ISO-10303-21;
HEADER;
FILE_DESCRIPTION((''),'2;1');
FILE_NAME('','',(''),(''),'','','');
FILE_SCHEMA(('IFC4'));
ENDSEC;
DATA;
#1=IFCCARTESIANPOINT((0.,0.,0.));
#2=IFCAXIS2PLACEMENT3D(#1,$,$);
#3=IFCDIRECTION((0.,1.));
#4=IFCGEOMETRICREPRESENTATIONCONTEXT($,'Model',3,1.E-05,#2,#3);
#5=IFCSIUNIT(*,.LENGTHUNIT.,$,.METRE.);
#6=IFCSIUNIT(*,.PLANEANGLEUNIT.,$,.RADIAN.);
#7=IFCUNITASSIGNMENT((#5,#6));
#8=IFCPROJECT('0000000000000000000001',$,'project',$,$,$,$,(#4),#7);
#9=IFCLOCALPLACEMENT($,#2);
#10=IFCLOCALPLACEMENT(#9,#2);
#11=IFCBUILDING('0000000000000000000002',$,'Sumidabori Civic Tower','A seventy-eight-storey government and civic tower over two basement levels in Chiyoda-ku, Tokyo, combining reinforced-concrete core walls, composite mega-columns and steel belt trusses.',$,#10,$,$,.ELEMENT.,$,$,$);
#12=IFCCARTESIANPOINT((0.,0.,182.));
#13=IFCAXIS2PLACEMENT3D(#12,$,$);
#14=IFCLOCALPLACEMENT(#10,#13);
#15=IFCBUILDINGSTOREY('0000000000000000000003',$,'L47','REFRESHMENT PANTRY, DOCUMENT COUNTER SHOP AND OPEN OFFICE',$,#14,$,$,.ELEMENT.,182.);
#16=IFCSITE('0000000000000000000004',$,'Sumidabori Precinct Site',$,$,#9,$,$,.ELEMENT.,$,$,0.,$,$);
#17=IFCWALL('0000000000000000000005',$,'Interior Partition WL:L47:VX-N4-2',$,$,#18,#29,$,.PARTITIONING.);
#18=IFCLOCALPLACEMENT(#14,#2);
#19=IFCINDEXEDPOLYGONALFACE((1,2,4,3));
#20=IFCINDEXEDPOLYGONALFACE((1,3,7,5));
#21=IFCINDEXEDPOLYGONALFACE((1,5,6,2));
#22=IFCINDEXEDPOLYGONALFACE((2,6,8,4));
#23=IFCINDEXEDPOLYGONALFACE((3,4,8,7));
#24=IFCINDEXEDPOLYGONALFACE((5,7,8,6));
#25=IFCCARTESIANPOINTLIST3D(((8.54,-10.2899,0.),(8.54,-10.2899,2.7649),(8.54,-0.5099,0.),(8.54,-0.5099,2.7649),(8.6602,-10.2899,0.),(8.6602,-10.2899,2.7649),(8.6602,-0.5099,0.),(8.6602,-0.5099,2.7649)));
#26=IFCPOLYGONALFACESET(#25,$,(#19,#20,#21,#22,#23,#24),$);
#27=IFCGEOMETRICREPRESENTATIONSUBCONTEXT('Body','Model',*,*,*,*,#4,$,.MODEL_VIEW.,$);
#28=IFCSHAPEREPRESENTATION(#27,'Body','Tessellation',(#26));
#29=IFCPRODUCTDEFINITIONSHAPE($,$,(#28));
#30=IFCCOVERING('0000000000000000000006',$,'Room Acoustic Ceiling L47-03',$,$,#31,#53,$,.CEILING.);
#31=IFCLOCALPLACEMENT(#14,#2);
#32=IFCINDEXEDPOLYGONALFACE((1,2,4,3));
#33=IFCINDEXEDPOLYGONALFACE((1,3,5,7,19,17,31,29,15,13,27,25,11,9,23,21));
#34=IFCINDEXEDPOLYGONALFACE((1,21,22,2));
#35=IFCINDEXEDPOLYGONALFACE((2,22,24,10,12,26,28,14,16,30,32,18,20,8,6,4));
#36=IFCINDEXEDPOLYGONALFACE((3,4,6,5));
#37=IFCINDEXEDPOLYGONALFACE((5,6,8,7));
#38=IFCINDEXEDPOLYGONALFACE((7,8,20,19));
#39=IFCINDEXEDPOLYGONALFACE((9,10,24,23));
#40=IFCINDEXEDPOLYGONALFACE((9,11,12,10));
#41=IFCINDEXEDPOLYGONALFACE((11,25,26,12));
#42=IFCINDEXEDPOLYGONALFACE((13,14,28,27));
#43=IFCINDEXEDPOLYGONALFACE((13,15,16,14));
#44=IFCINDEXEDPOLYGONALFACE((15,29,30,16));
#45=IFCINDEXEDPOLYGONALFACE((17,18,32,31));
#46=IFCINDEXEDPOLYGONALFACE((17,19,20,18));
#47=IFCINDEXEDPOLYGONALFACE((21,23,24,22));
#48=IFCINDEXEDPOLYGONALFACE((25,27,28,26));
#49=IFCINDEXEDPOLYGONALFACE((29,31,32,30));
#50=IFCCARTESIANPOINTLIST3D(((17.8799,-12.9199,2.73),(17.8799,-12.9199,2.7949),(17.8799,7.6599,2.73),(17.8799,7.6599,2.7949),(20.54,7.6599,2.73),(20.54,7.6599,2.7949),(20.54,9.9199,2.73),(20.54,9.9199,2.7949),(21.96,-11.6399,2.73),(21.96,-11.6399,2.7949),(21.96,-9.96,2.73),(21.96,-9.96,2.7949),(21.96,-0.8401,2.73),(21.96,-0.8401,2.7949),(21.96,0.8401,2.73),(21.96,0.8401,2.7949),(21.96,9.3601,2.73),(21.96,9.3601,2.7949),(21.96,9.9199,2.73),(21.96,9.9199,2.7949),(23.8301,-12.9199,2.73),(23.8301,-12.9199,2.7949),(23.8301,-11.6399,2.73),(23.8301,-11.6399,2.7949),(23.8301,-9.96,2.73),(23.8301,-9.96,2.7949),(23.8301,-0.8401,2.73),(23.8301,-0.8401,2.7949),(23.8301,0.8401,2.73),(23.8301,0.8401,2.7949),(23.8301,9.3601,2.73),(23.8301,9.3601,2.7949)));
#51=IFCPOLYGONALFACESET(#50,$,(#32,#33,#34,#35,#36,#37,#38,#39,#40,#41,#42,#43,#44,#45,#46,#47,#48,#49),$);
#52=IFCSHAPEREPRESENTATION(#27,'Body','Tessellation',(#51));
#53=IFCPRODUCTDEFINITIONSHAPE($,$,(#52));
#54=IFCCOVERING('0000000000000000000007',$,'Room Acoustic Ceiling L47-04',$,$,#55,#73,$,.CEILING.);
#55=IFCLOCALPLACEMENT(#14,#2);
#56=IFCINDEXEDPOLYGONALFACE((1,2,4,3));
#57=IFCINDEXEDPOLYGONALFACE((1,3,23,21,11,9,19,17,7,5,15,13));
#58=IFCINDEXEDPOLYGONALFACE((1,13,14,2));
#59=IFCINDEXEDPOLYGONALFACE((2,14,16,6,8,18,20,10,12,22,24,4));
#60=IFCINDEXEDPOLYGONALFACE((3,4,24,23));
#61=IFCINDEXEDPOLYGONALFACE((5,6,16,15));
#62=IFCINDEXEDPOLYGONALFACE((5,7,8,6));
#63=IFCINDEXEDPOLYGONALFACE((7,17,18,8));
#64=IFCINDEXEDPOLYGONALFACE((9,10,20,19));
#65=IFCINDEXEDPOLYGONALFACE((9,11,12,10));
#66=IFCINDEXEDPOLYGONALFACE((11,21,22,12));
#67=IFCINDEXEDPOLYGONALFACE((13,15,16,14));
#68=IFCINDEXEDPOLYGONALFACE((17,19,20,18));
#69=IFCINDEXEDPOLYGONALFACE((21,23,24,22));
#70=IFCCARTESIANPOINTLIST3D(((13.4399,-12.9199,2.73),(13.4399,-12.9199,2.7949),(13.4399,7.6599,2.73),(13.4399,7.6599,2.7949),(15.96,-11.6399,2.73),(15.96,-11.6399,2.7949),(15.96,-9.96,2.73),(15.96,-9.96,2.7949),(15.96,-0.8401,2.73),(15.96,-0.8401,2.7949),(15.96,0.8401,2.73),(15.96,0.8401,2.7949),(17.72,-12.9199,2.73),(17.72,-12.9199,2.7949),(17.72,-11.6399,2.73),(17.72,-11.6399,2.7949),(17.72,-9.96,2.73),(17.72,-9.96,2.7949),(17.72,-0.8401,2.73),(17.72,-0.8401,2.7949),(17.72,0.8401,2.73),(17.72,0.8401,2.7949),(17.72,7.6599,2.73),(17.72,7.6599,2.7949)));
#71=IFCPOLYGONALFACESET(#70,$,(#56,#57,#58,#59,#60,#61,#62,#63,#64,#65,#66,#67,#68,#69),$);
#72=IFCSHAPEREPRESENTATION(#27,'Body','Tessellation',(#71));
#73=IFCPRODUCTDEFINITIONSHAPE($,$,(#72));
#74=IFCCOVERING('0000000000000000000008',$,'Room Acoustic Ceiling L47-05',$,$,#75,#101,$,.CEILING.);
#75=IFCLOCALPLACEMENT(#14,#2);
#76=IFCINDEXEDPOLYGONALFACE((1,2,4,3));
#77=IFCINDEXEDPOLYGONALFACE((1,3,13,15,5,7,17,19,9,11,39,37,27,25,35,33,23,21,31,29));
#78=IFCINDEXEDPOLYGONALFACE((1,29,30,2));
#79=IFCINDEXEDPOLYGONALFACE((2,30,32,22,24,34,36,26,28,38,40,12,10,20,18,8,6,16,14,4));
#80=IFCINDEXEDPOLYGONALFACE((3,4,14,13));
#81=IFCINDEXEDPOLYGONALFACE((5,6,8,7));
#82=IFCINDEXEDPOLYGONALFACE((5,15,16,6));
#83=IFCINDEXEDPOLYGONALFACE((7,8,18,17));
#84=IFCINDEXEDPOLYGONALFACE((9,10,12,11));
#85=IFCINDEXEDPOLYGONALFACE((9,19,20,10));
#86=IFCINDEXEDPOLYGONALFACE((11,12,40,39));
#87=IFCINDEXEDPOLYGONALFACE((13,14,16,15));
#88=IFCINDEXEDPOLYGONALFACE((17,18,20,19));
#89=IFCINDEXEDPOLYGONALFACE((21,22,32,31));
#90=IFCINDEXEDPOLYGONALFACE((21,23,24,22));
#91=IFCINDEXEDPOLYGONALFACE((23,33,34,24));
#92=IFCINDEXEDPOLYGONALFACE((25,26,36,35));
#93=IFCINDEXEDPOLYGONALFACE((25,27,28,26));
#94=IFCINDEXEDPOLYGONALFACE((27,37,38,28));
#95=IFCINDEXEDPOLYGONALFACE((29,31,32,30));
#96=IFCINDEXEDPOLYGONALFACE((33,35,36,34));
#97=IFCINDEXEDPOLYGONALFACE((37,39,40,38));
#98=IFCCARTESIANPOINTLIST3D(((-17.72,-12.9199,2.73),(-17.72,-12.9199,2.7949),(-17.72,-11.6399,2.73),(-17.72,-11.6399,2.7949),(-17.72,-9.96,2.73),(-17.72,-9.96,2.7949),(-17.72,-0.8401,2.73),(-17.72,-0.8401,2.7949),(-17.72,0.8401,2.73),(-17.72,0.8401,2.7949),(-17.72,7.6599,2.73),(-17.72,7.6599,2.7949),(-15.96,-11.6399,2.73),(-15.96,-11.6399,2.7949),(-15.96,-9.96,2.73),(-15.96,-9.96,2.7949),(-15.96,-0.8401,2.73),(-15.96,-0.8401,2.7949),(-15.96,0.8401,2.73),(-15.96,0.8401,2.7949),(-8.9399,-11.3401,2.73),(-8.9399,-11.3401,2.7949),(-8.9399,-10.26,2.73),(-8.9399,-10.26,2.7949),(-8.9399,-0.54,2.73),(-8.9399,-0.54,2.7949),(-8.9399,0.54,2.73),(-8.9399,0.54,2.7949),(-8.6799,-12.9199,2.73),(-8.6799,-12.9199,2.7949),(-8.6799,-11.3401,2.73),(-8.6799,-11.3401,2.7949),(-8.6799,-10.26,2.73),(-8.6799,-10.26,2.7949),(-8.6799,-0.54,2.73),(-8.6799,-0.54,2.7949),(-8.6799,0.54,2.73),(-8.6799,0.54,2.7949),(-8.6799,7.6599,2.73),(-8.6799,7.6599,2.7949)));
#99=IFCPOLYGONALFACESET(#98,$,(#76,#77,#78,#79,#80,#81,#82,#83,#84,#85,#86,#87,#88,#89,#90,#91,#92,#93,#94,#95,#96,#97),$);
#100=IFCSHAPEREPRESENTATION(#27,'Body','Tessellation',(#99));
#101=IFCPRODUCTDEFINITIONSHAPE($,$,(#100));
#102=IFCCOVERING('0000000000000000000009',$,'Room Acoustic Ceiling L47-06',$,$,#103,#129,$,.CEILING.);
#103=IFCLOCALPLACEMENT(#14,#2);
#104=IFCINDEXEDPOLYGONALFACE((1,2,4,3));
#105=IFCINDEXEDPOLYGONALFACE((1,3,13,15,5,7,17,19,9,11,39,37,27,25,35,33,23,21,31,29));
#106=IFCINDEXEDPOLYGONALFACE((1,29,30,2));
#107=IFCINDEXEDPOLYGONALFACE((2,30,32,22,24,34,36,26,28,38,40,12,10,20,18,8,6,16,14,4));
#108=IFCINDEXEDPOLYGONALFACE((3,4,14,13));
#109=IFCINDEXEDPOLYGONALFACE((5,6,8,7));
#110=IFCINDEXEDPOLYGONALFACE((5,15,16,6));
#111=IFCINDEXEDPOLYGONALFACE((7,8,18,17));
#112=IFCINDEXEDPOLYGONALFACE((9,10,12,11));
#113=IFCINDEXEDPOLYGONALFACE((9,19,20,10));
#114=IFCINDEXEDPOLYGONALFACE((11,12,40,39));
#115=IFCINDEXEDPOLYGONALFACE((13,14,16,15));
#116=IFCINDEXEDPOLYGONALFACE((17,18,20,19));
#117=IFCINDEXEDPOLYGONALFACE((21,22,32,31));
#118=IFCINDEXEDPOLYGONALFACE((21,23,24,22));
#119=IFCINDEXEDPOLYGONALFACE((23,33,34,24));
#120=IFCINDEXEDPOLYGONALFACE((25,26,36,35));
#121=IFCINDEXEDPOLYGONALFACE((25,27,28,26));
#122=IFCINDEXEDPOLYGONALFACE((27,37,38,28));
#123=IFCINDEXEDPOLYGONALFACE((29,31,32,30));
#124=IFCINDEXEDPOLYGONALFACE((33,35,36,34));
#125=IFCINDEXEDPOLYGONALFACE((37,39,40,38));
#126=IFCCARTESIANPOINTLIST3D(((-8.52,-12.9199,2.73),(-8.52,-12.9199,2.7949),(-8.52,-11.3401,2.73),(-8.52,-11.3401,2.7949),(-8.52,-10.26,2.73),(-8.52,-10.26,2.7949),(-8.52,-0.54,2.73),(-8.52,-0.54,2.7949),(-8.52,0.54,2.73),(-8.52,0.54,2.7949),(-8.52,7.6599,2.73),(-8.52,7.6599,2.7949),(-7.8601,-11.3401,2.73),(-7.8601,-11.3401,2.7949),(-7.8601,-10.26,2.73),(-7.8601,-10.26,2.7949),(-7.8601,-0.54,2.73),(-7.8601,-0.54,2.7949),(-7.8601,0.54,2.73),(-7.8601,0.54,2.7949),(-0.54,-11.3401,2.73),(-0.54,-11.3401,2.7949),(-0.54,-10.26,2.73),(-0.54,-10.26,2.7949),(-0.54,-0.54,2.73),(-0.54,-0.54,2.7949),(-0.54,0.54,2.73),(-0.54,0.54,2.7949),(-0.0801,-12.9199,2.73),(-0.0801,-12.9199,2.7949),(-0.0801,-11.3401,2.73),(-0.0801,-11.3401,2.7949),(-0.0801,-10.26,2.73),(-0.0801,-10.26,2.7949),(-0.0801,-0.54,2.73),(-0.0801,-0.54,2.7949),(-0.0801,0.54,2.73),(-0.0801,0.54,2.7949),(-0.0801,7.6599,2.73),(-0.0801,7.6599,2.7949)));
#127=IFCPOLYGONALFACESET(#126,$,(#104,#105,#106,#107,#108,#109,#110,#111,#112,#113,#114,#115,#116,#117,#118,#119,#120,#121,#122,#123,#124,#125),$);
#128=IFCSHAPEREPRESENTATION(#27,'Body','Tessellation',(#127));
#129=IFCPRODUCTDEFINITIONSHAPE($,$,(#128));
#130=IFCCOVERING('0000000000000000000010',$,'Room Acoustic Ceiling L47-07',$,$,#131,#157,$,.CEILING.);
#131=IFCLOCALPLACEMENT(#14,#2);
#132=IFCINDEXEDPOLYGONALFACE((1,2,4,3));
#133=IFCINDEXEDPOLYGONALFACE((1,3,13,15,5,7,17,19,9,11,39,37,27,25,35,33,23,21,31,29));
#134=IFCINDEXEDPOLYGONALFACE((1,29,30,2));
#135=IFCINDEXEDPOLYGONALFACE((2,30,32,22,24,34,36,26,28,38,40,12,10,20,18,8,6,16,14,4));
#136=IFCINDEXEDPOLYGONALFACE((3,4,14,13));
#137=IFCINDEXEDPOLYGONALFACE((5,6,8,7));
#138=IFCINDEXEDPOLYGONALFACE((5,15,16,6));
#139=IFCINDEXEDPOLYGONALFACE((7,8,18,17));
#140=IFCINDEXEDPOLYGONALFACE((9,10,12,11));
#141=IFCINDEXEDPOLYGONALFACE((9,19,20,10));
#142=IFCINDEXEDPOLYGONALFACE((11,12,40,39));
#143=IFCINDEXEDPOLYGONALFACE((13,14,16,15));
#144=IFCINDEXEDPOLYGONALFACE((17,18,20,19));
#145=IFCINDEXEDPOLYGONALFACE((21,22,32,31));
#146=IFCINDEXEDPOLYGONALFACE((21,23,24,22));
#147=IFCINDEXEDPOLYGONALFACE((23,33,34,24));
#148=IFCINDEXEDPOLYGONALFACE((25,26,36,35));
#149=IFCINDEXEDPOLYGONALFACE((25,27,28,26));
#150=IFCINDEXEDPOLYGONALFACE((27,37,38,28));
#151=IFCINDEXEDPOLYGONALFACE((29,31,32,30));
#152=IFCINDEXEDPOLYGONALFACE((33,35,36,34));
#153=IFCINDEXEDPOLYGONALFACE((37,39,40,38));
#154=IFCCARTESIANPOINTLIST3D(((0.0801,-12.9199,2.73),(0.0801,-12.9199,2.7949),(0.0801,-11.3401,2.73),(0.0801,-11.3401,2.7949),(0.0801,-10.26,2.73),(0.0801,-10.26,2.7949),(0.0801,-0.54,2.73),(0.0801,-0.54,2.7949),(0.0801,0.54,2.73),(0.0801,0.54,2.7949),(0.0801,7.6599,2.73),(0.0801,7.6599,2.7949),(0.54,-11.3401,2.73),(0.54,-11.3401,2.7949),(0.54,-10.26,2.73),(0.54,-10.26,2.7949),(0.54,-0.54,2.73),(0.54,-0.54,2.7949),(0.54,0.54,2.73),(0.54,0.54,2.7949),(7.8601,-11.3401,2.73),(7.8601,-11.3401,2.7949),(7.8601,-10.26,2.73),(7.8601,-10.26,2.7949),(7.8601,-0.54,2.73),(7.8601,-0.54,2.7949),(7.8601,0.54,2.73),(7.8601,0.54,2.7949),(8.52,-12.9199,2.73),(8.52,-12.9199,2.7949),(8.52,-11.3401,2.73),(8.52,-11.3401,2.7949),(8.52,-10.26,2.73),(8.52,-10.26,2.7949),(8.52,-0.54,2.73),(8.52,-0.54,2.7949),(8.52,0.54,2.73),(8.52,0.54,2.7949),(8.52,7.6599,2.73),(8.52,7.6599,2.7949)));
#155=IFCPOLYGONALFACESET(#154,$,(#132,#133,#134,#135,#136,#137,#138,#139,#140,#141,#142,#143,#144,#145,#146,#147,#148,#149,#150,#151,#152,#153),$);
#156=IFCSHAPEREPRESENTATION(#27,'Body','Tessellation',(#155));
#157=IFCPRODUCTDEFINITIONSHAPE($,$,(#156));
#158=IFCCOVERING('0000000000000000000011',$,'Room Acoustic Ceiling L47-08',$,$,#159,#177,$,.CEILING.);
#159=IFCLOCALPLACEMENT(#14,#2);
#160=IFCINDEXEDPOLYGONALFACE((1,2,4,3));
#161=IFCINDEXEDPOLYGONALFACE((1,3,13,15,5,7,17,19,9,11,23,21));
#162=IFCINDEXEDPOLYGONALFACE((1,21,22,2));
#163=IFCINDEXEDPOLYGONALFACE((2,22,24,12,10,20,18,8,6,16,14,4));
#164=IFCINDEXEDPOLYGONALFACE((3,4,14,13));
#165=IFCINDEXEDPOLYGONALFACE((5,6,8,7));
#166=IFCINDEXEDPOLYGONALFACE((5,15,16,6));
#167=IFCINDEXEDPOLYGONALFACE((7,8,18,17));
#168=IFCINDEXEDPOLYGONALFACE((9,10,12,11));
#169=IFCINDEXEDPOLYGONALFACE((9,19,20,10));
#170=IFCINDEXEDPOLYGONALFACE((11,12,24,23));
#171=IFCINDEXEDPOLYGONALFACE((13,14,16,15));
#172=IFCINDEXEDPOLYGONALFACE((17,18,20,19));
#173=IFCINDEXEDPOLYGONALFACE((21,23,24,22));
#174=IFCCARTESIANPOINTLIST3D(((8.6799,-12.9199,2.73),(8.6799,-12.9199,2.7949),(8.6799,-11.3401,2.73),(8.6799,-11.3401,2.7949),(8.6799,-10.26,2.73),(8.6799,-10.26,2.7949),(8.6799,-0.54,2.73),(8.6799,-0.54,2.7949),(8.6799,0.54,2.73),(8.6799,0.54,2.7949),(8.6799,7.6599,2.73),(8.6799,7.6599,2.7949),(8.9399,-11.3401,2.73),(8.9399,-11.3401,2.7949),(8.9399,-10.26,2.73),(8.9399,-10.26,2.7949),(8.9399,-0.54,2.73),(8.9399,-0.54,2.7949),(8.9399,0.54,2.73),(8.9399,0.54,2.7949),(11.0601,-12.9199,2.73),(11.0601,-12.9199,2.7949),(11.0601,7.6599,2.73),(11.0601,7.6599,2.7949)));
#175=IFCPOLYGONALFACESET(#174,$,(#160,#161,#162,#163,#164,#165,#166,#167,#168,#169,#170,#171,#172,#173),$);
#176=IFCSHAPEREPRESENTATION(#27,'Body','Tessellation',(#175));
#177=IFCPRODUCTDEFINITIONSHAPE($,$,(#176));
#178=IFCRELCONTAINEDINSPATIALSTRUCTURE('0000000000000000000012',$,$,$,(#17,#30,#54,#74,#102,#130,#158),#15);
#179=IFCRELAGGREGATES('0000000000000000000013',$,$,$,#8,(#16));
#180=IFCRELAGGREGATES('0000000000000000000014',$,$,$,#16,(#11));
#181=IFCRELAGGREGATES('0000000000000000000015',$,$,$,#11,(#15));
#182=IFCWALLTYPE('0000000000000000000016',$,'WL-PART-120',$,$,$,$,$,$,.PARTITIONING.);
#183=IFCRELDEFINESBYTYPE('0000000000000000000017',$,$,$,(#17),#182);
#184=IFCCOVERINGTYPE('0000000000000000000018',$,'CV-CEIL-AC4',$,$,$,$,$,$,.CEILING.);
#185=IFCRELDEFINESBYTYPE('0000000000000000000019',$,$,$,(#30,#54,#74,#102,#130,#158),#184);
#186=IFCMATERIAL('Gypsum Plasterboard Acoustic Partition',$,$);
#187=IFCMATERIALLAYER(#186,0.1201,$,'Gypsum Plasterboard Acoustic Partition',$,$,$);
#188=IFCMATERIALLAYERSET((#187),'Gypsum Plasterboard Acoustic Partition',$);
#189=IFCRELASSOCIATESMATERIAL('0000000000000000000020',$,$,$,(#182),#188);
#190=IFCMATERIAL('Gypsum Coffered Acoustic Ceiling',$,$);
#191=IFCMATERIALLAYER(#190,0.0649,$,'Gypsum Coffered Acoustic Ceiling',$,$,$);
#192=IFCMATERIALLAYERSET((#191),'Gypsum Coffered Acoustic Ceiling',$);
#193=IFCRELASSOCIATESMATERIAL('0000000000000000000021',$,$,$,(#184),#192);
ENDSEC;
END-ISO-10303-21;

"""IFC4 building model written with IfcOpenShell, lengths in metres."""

from ifc_helpers import new_model, si_unit, direction, frame, frame_2d, origin, place, context, subcontext, project, spatial, polyline, rectangle, outline, extrude, source, transform, mapped, material, layer, layer_set, type_object, element, save


model = new_model("IFC4")

# Units and contexts
model_context = context("Model", 3, precision=1e-05, world=origin(), true_north=direction((0.0, 1.0)))
body_context = subcontext(model_context, "Body", "Model", "MODEL_VIEW")
ifc_project = project(units=[si_unit("LENGTHUNIT", "METRE"), si_unit("PLANEANGLEUNIT", "RADIAN")], contexts=[model_context])

# Site, building, storey
site_placement = place(None, origin())
site = spatial("IfcSite", under=ifc_project, at=site_placement, Name="Sumidabori Precinct Site", CompositionType="ELEMENT", RefElevation=0.0)
building_placement = place(site_placement, origin())
building = spatial("IfcBuilding", under=site, at=building_placement, Name="Sumidabori Civic Tower", Description="A seventy-eight-storey government and civic tower over two basement levels in Chiyoda-ku, Tokyo, combining reinforced-concrete core walls, composite mega-columns and steel belt trusses.", CompositionType="ELEMENT")
storey_placement = place(building_placement, frame((0.0, 0.0, 182.0)))
storey = spatial("IfcBuildingStorey", under=building, at=storey_placement, Name="L47", Description="REFRESHMENT PANTRY, DOCUMENT COUNTER SHOP AND OPEN OFFICE", CompositionType="ELEMENT", Elevation=182.0)

# Wall
ifc_material_1 = material(Name="Gypsum Plasterboard Acoustic Partition")
ifc_layer_1 = layer(ifc_material_1, 0.1201, Name="Gypsum Plasterboard Acoustic Partition")
ifc_layer_set_1 = layer_set([ifc_layer_1], Name="Gypsum Plasterboard Acoustic Partition")
wall_type = type_object("IfcWallType", Name="WL-PART-120", PredefinedType="PARTITIONING", material=ifc_layer_set_1)
shared_shape_1 = source(origin(), body_context, "Body", "SweptSolid", [
    extrude(rectangle(XDim=9.78, YDim=0.1201, at=frame_2d((4.8901, 0.0))), origin(), (0.0, 0.0, 1.0), 2.7649),
])
wall_1_placement = place(storey_placement, frame((8.6001, -10.29, 0.0), z_axis=(0.0, 0.0, 1.0), x_axis=(0.0, 1.0, 0.0)))
element("IfcWall", 1, at=wall_1_placement, inside=storey, type_object=wall_type, Name="Interior Partition WL:L47:VX-N4-2", PredefinedType="PARTITIONING", context=body_context, shape_type="MappedRepresentation", body=[
    mapped(shared_shape_1, transform((0.0, 0.0, 0.0), x_axis=(1.0, 0.0, 0.0), y_axis=(0.0, 1.0, 0.0), z_axis=(0.0, 0.0, 1.0), scale=1.0)),
])

# Coverings
ifc_material_2 = material(Name="Gypsum Coffered Acoustic Ceiling")
ifc_layer_2 = layer(ifc_material_2, 0.0649, Name="Gypsum Coffered Acoustic Ceiling")
ifc_layer_set_2 = layer_set([ifc_layer_2], Name="Gypsum Coffered Acoustic Ceiling")
covering_type_1 = type_object("IfcCoveringType", Name="CV-CEIL-AC4", PredefinedType="CEILING", material=ifc_layer_set_2)
covering_1_placement = place(storey_placement, frame((0.0, 0.0, 2.73)))
element("IfcCovering", 2, at=covering_1_placement, inside=storey, type_object=covering_type_1, Name="Room Acoustic Ceiling L47-03", PredefinedType="CEILING", context=body_context, shape_type="SweptSolid", body=[
    extrude(outline(polyline([(23.8301, 0.8401), (21.96, 0.8401), (21.96, -0.8401), (23.8301, -0.8401), (23.8301, -9.96), (21.96, -9.96), (21.96, -11.6399), (23.8301, -11.6399), (23.8301, -12.9199), (17.8799, -12.9199), (17.8799, 7.6599), (20.54, 7.6599), (20.54, 9.9199), (21.96, 9.9199), (21.96, 9.3601), (23.8301, 9.3601), (23.8301, 0.8401)])), origin(), (0.0, 0.0, 1.0), 0.0649),
])
covering_2_placement = place(storey_placement, frame((0.0, 0.0, 2.73)))
element("IfcCovering", 3, at=covering_2_placement, inside=storey, type_object=covering_type_1, Name="Room Acoustic Ceiling L47-04", PredefinedType="CEILING", context=body_context, shape_type="SweptSolid", body=[
    extrude(outline(polyline([(13.4399, -12.9199), (13.4399, 7.6599), (17.72, 7.6599), (17.72, 0.8401), (15.96, 0.8401), (15.96, -0.8401), (17.72, -0.8401), (17.72, -9.96), (15.96, -9.96), (15.96, -11.6399), (17.72, -11.6399), (17.72, -12.9199), (13.4399, -12.9199)])), origin(), (0.0, 0.0, 1.0), 0.0649),
])
covering_3_placement = place(storey_placement, frame((0.0, 0.0, 2.73)))
element("IfcCovering", 4, at=covering_3_placement, inside=storey, type_object=covering_type_1, Name="Room Acoustic Ceiling L47-05", PredefinedType="CEILING", context=body_context, shape_type="SweptSolid", body=[
    extrude(outline(polyline([(-17.72, -11.6399), (-15.96, -11.6399), (-15.96, -9.96), (-17.72, -9.96), (-17.72, -0.8401), (-15.96, -0.8401), (-15.96, 0.8401), (-17.72, 0.8401), (-17.72, 7.6599), (-8.6799, 7.6599), (-8.6799, 0.54), (-8.9399, 0.54), (-8.9399, -0.54), (-8.6799, -0.54), (-8.6799, -10.26), (-8.9399, -10.26), (-8.9399, -11.3401), (-8.6799, -11.3401), (-8.6799, -12.9199), (-17.72, -12.9199), (-17.72, -11.6399)])), origin(), (0.0, 0.0, 1.0), 0.0649),
])
covering_4_placement = place(storey_placement, frame((0.0, 0.0, 2.73)))
element("IfcCovering", 5, at=covering_4_placement, inside=storey, type_object=covering_type_1, Name="Room Acoustic Ceiling L47-06", PredefinedType="CEILING", context=body_context, shape_type="SweptSolid", body=[
    extrude(outline(polyline([(-8.52, -12.9199), (-8.52, -11.3401), (-7.8601, -11.3401), (-7.8601, -10.26), (-8.52, -10.26), (-8.52, -0.54), (-7.8601, -0.54), (-7.8601, 0.54), (-8.52, 0.54), (-8.52, 7.6599), (-0.0801, 7.6599), (-0.0801, 0.54), (-0.54, 0.54), (-0.54, -0.54), (-0.0801, -0.54), (-0.0801, -10.26), (-0.54, -10.26), (-0.54, -11.3401), (-0.0801, -11.3401), (-0.0801, -12.9199), (-8.52, -12.9199)])), origin(), (0.0, 0.0, 1.0), 0.0649),
])
covering_5_placement = place(storey_placement, frame((0.0, 0.0, 2.73)))
element("IfcCovering", 6, at=covering_5_placement, inside=storey, type_object=covering_type_1, Name="Room Acoustic Ceiling L47-07", PredefinedType="CEILING", context=body_context, shape_type="SweptSolid", body=[
    extrude(outline(polyline([(0.0801, -12.9199), (0.0801, -11.3401), (0.54, -11.3401), (0.54, -10.26), (0.0801, -10.26), (0.0801, -0.54), (0.54, -0.54), (0.54, 0.54), (0.0801, 0.54), (0.0801, 7.6599), (8.52, 7.6599), (8.52, 0.54), (7.8601, 0.54), (7.8601, -0.54), (8.52, -0.54), (8.52, -10.26), (7.8601, -10.26), (7.8601, -11.3401), (8.52, -11.3401), (8.52, -12.9199), (0.0801, -12.9199)])), origin(), (0.0, 0.0, 1.0), 0.0649),
])
covering_6_placement = place(storey_placement, frame((0.0, 0.0, 2.73)))
element("IfcCovering", 7, at=covering_6_placement, inside=storey, type_object=covering_type_1, Name="Room Acoustic Ceiling L47-08", PredefinedType="CEILING", context=body_context, shape_type="SweptSolid", body=[
    extrude(outline(polyline([(8.6799, -12.9199), (8.6799, -11.3401), (8.9399, -11.3401), (8.9399, -10.26), (8.6799, -10.26), (8.6799, -0.54), (8.9399, -0.54), (8.9399, 0.54), (8.6799, 0.54), (8.6799, 7.6599), (11.0601, 7.6599), (11.0601, -12.9199), (8.6799, -12.9199)])), origin(), (0.0, 0.0, 1.0), 0.0649),
])

save(model, "model.ifc")
